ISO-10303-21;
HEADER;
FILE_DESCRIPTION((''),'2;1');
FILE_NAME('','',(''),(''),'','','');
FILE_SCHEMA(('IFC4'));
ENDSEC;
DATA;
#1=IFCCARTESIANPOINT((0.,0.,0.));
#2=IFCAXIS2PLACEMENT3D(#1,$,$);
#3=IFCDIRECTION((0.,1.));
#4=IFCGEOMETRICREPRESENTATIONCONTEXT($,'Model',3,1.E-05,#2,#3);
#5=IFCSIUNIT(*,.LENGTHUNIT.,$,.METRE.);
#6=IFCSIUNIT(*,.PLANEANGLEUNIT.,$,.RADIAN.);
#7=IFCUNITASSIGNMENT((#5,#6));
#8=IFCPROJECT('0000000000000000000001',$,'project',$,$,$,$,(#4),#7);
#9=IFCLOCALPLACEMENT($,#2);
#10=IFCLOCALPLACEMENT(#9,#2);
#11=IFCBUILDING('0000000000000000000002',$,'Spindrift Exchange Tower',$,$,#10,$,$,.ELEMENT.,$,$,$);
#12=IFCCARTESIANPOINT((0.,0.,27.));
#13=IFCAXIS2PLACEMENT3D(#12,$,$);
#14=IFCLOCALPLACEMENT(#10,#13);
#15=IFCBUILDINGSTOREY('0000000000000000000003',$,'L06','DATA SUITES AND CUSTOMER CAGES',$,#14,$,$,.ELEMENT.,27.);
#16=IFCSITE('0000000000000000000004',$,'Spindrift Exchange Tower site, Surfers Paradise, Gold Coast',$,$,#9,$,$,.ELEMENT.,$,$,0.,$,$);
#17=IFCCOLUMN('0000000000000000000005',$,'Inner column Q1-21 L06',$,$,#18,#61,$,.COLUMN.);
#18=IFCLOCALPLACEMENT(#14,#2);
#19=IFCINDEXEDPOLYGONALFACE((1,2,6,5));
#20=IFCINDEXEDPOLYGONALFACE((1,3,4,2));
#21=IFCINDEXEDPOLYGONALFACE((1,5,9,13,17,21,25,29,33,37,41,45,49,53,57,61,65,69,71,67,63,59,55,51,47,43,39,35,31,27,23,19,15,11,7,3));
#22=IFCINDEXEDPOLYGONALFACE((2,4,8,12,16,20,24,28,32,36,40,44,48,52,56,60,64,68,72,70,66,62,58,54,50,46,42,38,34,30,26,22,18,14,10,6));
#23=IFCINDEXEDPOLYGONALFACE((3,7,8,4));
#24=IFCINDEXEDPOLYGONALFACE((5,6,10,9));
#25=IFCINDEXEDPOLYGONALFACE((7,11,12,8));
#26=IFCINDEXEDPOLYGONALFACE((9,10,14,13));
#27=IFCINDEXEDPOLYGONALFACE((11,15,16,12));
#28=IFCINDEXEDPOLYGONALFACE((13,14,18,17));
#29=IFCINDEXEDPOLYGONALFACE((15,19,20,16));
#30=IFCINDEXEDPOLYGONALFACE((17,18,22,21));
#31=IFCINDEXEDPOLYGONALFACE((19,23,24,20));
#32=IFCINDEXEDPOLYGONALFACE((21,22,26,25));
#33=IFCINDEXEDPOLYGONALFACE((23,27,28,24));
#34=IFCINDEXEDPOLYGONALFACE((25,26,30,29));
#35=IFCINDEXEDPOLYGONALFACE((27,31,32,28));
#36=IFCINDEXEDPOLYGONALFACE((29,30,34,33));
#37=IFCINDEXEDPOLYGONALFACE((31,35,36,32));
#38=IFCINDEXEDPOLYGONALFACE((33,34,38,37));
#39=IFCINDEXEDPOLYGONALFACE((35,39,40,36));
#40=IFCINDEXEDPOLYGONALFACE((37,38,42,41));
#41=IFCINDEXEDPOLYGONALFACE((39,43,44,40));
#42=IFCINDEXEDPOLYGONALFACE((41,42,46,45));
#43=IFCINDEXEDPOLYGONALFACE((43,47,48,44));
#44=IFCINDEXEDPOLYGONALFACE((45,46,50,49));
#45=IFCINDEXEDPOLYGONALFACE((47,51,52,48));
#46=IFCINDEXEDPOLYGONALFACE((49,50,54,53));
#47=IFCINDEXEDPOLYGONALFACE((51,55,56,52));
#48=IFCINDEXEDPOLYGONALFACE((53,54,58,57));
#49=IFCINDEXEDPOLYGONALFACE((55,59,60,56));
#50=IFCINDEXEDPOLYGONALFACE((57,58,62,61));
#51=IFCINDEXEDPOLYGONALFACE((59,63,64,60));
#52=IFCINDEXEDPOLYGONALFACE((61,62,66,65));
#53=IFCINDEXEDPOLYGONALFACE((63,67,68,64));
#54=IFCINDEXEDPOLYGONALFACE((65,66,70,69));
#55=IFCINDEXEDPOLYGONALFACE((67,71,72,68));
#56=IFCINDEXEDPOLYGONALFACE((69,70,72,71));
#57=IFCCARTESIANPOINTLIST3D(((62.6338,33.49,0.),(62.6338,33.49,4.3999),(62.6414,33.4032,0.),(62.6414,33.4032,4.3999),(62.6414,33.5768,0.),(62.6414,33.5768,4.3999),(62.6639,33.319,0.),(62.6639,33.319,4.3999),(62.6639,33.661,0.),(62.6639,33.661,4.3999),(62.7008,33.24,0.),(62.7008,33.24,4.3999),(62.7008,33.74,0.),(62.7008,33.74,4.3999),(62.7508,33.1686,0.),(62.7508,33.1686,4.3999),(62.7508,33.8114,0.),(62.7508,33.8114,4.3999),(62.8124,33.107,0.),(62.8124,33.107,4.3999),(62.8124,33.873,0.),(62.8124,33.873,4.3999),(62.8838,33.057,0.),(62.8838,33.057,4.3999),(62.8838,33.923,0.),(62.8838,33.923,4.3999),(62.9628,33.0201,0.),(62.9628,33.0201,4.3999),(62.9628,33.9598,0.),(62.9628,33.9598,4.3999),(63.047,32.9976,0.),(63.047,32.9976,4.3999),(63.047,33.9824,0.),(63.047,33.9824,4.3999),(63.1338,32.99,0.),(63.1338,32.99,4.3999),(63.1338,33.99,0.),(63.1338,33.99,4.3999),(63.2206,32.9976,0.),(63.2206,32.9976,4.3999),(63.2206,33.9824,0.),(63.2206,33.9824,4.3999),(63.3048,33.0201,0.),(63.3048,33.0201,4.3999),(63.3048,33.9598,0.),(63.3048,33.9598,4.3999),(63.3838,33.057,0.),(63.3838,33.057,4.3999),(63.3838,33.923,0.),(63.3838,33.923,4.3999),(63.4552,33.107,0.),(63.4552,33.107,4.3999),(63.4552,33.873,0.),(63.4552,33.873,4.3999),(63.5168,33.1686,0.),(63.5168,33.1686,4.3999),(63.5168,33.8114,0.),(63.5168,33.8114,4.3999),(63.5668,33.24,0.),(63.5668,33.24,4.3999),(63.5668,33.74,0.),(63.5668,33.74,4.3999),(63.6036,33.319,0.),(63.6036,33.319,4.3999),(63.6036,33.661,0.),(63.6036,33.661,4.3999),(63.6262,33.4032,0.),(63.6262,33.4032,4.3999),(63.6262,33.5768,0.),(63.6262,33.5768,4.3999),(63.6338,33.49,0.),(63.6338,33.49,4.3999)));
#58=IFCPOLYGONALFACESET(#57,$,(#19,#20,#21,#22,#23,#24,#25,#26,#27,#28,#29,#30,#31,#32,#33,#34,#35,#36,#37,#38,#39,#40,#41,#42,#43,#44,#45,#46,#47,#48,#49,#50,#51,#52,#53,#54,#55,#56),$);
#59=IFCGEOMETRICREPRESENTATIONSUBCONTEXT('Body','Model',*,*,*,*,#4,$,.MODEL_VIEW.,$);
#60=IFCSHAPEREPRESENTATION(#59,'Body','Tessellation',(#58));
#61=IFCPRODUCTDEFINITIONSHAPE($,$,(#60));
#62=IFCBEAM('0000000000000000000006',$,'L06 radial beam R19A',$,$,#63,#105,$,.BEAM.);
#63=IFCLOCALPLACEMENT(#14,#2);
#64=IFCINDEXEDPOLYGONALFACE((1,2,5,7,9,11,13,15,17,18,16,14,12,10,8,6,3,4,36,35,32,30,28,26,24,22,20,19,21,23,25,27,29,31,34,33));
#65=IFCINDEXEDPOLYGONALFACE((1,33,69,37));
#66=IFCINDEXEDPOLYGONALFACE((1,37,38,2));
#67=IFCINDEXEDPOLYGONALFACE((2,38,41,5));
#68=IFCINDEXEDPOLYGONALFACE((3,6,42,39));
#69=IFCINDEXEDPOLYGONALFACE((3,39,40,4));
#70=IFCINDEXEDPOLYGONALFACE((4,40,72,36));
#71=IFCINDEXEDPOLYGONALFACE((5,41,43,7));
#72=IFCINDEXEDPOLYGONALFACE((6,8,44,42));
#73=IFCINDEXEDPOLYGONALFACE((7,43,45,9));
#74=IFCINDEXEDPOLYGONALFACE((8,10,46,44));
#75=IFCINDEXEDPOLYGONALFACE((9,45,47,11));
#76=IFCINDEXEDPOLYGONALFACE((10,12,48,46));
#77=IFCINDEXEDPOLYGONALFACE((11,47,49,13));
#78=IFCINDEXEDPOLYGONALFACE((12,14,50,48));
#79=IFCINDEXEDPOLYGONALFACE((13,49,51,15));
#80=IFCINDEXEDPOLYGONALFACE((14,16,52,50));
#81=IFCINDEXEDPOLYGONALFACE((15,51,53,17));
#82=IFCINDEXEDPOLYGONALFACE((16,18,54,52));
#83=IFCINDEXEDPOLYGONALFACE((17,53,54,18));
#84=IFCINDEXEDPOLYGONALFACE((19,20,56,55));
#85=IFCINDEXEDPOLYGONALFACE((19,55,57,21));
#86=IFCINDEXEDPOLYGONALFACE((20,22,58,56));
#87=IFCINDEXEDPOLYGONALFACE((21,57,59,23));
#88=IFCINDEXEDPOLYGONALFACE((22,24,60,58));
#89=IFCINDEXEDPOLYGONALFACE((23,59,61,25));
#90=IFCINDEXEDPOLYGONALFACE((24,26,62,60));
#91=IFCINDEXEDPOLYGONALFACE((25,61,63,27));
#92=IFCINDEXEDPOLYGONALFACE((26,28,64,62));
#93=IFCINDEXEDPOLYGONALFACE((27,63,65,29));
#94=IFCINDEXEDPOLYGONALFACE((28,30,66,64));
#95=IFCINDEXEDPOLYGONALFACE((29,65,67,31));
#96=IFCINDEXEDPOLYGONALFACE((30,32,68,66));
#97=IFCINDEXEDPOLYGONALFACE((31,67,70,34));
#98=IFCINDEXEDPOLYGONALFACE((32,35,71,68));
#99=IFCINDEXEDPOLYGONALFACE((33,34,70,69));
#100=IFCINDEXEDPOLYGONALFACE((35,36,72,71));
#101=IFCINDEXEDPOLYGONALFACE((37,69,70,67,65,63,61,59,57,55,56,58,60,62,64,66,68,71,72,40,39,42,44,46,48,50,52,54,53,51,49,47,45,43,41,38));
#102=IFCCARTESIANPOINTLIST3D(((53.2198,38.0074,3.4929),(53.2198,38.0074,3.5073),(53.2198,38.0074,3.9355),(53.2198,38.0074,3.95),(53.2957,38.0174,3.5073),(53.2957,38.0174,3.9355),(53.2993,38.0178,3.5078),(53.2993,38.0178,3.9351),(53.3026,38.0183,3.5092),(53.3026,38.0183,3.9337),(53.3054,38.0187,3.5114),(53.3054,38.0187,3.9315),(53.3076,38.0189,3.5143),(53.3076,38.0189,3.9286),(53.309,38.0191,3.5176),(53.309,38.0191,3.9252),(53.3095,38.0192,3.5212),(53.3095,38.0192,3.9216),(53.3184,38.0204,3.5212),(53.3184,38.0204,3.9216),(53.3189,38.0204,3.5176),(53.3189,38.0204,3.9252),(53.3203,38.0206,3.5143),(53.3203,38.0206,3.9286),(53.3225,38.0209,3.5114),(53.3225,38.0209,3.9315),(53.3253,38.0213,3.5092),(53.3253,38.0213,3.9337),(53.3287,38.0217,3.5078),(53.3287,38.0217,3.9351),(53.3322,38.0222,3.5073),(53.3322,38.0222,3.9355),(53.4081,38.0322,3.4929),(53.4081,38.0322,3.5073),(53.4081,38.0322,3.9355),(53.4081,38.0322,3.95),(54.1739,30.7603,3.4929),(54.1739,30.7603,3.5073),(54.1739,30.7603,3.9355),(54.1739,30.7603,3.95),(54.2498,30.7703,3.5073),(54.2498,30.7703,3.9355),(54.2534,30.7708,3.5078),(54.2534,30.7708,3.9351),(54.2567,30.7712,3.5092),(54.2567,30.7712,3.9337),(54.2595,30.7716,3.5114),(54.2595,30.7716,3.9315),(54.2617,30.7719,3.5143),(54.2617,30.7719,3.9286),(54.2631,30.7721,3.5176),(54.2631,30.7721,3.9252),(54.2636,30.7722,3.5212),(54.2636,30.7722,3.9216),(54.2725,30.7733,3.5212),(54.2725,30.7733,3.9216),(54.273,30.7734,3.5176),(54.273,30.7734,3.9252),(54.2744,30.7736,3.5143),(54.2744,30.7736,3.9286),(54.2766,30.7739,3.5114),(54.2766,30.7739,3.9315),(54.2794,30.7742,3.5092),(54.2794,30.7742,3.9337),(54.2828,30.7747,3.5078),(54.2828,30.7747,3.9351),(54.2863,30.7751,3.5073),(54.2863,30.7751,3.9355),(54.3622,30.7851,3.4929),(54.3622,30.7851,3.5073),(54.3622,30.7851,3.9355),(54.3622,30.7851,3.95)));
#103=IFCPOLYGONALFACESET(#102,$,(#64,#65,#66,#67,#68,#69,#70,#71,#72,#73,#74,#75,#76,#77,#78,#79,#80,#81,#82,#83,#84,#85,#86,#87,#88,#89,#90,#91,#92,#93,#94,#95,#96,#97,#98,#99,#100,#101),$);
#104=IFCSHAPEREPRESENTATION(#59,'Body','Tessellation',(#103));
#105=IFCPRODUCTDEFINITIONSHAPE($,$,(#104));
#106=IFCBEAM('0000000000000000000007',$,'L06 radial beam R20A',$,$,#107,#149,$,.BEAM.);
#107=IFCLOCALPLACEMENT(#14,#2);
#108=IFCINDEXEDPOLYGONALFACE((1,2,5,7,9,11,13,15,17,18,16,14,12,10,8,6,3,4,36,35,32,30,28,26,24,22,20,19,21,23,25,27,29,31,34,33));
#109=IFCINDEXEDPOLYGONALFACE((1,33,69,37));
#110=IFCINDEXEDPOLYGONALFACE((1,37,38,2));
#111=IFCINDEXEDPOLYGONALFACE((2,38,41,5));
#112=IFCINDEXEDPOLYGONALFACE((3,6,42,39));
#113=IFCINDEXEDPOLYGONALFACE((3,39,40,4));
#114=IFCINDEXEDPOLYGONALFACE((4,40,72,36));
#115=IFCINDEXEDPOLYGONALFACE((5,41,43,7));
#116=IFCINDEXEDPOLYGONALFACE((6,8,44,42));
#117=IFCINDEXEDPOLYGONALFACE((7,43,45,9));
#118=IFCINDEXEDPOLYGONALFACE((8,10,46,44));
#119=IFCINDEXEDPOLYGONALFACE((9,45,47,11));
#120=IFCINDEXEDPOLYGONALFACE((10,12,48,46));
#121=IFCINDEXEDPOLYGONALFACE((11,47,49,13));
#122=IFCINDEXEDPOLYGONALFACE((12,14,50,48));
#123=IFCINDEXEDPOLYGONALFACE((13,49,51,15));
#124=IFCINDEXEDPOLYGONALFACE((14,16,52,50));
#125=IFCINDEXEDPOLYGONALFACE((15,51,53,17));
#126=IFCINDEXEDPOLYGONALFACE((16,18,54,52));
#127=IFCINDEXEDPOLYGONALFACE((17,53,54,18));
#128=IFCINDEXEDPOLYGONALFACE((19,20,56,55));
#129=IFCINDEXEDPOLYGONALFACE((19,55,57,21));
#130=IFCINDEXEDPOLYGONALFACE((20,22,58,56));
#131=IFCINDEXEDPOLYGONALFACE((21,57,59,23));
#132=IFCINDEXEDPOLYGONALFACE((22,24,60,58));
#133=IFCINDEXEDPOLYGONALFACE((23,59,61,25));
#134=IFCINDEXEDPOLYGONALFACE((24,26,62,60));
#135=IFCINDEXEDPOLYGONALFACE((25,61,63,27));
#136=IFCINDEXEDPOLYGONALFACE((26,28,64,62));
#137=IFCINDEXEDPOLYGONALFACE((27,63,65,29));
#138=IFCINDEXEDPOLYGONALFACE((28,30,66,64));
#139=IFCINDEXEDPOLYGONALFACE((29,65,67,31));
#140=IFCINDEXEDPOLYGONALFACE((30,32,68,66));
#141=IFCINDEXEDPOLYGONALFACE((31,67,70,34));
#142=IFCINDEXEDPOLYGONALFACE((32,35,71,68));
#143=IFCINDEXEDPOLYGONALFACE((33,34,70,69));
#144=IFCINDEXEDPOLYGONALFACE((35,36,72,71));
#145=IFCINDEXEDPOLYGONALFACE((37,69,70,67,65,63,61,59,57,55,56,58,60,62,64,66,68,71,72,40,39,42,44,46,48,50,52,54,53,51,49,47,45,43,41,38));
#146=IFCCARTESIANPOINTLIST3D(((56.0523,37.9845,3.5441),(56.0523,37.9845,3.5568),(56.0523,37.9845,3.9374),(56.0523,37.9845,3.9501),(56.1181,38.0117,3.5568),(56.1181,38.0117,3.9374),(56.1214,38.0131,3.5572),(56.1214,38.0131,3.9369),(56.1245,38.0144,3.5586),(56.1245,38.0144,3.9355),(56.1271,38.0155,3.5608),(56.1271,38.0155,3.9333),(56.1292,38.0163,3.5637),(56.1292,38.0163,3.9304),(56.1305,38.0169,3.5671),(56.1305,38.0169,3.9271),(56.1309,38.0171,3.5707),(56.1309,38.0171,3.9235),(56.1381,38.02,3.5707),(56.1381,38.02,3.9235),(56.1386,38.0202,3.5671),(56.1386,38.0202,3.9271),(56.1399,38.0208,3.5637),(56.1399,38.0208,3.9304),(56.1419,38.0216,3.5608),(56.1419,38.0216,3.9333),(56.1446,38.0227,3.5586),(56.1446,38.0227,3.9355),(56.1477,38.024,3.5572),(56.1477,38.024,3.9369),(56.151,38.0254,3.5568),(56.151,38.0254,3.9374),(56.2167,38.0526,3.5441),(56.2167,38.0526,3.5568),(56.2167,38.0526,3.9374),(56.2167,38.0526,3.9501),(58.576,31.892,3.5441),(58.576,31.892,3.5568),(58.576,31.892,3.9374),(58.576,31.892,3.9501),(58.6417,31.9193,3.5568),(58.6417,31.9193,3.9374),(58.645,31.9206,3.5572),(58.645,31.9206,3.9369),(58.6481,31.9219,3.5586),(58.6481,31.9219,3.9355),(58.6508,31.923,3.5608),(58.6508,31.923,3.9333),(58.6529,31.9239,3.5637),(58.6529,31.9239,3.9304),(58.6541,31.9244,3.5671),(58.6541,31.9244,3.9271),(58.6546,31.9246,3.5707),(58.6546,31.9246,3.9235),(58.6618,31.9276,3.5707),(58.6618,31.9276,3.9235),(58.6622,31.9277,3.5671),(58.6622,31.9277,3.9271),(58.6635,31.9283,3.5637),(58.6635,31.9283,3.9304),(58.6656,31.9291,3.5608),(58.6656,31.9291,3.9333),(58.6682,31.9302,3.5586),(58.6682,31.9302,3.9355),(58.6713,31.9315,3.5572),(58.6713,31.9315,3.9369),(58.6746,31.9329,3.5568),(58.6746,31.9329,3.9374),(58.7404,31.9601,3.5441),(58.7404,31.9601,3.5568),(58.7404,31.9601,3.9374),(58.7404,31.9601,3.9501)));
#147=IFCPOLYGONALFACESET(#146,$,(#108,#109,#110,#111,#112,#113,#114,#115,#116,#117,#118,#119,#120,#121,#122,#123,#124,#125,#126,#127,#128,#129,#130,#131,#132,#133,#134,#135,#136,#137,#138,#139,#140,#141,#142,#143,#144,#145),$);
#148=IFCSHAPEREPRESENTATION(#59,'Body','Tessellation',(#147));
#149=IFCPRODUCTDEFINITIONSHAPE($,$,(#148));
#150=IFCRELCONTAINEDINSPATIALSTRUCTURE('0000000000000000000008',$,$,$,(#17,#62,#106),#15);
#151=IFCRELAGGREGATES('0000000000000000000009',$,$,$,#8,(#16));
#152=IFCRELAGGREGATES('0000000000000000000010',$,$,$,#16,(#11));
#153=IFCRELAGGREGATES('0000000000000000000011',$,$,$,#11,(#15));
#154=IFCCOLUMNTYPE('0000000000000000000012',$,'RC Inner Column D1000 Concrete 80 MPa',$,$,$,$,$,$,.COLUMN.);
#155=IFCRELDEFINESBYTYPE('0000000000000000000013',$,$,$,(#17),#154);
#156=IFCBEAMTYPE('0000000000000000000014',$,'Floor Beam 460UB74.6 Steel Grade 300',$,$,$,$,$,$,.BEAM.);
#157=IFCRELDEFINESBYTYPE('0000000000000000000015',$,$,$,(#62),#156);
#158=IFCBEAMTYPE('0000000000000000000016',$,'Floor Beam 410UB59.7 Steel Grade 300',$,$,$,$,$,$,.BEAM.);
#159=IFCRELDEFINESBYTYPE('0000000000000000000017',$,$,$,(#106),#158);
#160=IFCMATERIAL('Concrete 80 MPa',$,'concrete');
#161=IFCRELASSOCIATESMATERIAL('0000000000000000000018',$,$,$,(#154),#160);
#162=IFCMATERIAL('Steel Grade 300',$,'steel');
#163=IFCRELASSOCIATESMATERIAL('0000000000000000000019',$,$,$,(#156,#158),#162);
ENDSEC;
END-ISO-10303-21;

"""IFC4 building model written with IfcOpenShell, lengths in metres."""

from ifc_helpers import new_model, si_unit, direction, frame, origin, origin_2d, place, context, subcontext, project, spatial, circle, i_section, extrude, source, transform, mapped, material, material_profile, profile_set, type_object, element, save


model = new_model("IFC4")

# Units and contexts
model_context = context("Model", 3, precision=1e-05, world=origin(), true_north=direction((0.0, 1.0)))
body_context = subcontext(model_context, "Body", "Model", "MODEL_VIEW")
ifc_project = project(units=[si_unit("LENGTHUNIT", "METRE"), si_unit("PLANEANGLEUNIT", "RADIAN")], contexts=[model_context])

# Site, building, storey
site_placement = place(None, origin())
site = spatial("IfcSite", under=ifc_project, at=site_placement, Name="Spindrift Exchange Tower site, Surfers Paradise, Gold Coast", CompositionType="ELEMENT", RefElevation=0.0)
building_placement = place(site_placement, origin())
building = spatial("IfcBuilding", under=site, at=building_placement, Name="Spindrift Exchange Tower", CompositionType="ELEMENT")
storey_placement = place(building_placement, frame((0.0, 0.0, 27.0)))
storey = spatial("IfcBuildingStorey", under=building, at=storey_placement, Name="L06", Description="DATA SUITES AND CUSTOMER CAGES", CompositionType="ELEMENT", Elevation=27.0)

# Column
ifc_material_1 = material(Name="Concrete 80 MPa", Category="concrete")
ifc_material_profile_1 = material_profile(ifc_material_1, circle(Radius=0.5, at=origin_2d()), Name="RC D1000")
ifc_profile_set_1 = profile_set([ifc_material_profile_1], Name="Concrete 80 MPa")
column_type = type_object("IfcColumnType", Name="RC Inner Column D1000 Concrete 80 MPa", PredefinedType="COLUMN", material=ifc_profile_set_1)
shared_shape_1 = source(origin(), body_context, "Body", "SweptSolid", [
    extrude(circle(Radius=0.5, at=origin_2d()), origin(), (0.0, 0.0, 1.0), 4.3999),
])
column_placement = place(storey_placement, frame((63.1338, 33.49, 0.0), z_axis=(0.0, 0.0, 1.0), x_axis=(1.0, 0.0, 0.0)))
element("IfcColumn", 1, at=column_placement, inside=storey, type_object=column_type, Name="Inner column Q1-21 L06", PredefinedType="COLUMN", context=body_context, shape_type="MappedRepresentation", body=[
    mapped(shared_shape_1, transform((0.0, 0.0, 0.0), scale=1.0)),
])

# Beams
ifc_material_2 = material(Name="Steel Grade 300", Category="steel")
ifc_material_profile_2 = material_profile(ifc_material_2, i_section(OverallWidth=0.1899, OverallDepth=0.457, WebThickness=0.009, FlangeThickness=0.0144, FilletRadius=0.0139, at=origin_2d()), Name="460UB74.6")
ifc_profile_set_2 = profile_set([ifc_material_profile_2], Name="Steel Grade 300")
beam_type_1 = type_object("IfcBeamType", Name="Floor Beam 460UB74.6 Steel Grade 300", PredefinedType="BEAM", material=ifc_profile_set_2)
shared_shape_2 = source(origin(), body_context, "Body", "SweptSolid", [
    extrude(i_section(OverallWidth=0.1899, OverallDepth=0.457, WebThickness=0.009, FlangeThickness=0.0144, FilletRadius=0.0139, at=origin_2d()), origin(), (0.0, 0.0, 1.0), 7.3096),
])
beam_1_placement = place(storey_placement, frame((53.314, 38.0198, 3.7214), z_axis=(0.130527, -0.991445, 0.0), x_axis=(0.991445, 0.130527, 0.0)))
element("IfcBeam", 2, at=beam_1_placement, inside=storey, type_object=beam_type_1, Name="L06 radial beam R19A", PredefinedType="BEAM", context=body_context, shape_type="MappedRepresentation", body=[
    mapped(shared_shape_2, transform((0.0, 0.0, 0.0), scale=1.0)),
])
ifc_material_profile_3 = material_profile(ifc_material_2, i_section(OverallWidth=0.178, OverallDepth=0.406, WebThickness=0.0078, FlangeThickness=0.0127, FilletRadius=0.0139, at=origin_2d()), Name="410UB59.7")
ifc_profile_set_3 = profile_set([ifc_material_profile_3], Name="Steel Grade 300")
beam_type_2 = type_object("IfcBeamType", Name="Floor Beam 410UB59.7 Steel Grade 300", PredefinedType="BEAM", material=ifc_profile_set_3)
shared_shape_3 = source(origin(), body_context, "Body", "SweptSolid", [
    extrude(i_section(OverallWidth=0.178, OverallDepth=0.406, WebThickness=0.0078, FlangeThickness=0.0127, FilletRadius=0.0139, at=origin_2d()), origin(), (0.0, 0.0, 1.0), 6.5945),
])
beam_2_placement = place(storey_placement, frame((56.1345, 38.0186, 3.7471), z_axis=(0.382693, -0.923876, 0.0), x_axis=(0.923876, 0.382693, 0.0)))
element("IfcBeam", 3, at=beam_2_placement, inside=storey, type_object=beam_type_2, Name="L06 radial beam R20A", PredefinedType="BEAM", context=body_context, shape_type="MappedRepresentation", body=[
    mapped(shared_shape_3, transform((0.0, 0.0, 0.0), scale=1.0)),
])

save(model, "model.ifc")
